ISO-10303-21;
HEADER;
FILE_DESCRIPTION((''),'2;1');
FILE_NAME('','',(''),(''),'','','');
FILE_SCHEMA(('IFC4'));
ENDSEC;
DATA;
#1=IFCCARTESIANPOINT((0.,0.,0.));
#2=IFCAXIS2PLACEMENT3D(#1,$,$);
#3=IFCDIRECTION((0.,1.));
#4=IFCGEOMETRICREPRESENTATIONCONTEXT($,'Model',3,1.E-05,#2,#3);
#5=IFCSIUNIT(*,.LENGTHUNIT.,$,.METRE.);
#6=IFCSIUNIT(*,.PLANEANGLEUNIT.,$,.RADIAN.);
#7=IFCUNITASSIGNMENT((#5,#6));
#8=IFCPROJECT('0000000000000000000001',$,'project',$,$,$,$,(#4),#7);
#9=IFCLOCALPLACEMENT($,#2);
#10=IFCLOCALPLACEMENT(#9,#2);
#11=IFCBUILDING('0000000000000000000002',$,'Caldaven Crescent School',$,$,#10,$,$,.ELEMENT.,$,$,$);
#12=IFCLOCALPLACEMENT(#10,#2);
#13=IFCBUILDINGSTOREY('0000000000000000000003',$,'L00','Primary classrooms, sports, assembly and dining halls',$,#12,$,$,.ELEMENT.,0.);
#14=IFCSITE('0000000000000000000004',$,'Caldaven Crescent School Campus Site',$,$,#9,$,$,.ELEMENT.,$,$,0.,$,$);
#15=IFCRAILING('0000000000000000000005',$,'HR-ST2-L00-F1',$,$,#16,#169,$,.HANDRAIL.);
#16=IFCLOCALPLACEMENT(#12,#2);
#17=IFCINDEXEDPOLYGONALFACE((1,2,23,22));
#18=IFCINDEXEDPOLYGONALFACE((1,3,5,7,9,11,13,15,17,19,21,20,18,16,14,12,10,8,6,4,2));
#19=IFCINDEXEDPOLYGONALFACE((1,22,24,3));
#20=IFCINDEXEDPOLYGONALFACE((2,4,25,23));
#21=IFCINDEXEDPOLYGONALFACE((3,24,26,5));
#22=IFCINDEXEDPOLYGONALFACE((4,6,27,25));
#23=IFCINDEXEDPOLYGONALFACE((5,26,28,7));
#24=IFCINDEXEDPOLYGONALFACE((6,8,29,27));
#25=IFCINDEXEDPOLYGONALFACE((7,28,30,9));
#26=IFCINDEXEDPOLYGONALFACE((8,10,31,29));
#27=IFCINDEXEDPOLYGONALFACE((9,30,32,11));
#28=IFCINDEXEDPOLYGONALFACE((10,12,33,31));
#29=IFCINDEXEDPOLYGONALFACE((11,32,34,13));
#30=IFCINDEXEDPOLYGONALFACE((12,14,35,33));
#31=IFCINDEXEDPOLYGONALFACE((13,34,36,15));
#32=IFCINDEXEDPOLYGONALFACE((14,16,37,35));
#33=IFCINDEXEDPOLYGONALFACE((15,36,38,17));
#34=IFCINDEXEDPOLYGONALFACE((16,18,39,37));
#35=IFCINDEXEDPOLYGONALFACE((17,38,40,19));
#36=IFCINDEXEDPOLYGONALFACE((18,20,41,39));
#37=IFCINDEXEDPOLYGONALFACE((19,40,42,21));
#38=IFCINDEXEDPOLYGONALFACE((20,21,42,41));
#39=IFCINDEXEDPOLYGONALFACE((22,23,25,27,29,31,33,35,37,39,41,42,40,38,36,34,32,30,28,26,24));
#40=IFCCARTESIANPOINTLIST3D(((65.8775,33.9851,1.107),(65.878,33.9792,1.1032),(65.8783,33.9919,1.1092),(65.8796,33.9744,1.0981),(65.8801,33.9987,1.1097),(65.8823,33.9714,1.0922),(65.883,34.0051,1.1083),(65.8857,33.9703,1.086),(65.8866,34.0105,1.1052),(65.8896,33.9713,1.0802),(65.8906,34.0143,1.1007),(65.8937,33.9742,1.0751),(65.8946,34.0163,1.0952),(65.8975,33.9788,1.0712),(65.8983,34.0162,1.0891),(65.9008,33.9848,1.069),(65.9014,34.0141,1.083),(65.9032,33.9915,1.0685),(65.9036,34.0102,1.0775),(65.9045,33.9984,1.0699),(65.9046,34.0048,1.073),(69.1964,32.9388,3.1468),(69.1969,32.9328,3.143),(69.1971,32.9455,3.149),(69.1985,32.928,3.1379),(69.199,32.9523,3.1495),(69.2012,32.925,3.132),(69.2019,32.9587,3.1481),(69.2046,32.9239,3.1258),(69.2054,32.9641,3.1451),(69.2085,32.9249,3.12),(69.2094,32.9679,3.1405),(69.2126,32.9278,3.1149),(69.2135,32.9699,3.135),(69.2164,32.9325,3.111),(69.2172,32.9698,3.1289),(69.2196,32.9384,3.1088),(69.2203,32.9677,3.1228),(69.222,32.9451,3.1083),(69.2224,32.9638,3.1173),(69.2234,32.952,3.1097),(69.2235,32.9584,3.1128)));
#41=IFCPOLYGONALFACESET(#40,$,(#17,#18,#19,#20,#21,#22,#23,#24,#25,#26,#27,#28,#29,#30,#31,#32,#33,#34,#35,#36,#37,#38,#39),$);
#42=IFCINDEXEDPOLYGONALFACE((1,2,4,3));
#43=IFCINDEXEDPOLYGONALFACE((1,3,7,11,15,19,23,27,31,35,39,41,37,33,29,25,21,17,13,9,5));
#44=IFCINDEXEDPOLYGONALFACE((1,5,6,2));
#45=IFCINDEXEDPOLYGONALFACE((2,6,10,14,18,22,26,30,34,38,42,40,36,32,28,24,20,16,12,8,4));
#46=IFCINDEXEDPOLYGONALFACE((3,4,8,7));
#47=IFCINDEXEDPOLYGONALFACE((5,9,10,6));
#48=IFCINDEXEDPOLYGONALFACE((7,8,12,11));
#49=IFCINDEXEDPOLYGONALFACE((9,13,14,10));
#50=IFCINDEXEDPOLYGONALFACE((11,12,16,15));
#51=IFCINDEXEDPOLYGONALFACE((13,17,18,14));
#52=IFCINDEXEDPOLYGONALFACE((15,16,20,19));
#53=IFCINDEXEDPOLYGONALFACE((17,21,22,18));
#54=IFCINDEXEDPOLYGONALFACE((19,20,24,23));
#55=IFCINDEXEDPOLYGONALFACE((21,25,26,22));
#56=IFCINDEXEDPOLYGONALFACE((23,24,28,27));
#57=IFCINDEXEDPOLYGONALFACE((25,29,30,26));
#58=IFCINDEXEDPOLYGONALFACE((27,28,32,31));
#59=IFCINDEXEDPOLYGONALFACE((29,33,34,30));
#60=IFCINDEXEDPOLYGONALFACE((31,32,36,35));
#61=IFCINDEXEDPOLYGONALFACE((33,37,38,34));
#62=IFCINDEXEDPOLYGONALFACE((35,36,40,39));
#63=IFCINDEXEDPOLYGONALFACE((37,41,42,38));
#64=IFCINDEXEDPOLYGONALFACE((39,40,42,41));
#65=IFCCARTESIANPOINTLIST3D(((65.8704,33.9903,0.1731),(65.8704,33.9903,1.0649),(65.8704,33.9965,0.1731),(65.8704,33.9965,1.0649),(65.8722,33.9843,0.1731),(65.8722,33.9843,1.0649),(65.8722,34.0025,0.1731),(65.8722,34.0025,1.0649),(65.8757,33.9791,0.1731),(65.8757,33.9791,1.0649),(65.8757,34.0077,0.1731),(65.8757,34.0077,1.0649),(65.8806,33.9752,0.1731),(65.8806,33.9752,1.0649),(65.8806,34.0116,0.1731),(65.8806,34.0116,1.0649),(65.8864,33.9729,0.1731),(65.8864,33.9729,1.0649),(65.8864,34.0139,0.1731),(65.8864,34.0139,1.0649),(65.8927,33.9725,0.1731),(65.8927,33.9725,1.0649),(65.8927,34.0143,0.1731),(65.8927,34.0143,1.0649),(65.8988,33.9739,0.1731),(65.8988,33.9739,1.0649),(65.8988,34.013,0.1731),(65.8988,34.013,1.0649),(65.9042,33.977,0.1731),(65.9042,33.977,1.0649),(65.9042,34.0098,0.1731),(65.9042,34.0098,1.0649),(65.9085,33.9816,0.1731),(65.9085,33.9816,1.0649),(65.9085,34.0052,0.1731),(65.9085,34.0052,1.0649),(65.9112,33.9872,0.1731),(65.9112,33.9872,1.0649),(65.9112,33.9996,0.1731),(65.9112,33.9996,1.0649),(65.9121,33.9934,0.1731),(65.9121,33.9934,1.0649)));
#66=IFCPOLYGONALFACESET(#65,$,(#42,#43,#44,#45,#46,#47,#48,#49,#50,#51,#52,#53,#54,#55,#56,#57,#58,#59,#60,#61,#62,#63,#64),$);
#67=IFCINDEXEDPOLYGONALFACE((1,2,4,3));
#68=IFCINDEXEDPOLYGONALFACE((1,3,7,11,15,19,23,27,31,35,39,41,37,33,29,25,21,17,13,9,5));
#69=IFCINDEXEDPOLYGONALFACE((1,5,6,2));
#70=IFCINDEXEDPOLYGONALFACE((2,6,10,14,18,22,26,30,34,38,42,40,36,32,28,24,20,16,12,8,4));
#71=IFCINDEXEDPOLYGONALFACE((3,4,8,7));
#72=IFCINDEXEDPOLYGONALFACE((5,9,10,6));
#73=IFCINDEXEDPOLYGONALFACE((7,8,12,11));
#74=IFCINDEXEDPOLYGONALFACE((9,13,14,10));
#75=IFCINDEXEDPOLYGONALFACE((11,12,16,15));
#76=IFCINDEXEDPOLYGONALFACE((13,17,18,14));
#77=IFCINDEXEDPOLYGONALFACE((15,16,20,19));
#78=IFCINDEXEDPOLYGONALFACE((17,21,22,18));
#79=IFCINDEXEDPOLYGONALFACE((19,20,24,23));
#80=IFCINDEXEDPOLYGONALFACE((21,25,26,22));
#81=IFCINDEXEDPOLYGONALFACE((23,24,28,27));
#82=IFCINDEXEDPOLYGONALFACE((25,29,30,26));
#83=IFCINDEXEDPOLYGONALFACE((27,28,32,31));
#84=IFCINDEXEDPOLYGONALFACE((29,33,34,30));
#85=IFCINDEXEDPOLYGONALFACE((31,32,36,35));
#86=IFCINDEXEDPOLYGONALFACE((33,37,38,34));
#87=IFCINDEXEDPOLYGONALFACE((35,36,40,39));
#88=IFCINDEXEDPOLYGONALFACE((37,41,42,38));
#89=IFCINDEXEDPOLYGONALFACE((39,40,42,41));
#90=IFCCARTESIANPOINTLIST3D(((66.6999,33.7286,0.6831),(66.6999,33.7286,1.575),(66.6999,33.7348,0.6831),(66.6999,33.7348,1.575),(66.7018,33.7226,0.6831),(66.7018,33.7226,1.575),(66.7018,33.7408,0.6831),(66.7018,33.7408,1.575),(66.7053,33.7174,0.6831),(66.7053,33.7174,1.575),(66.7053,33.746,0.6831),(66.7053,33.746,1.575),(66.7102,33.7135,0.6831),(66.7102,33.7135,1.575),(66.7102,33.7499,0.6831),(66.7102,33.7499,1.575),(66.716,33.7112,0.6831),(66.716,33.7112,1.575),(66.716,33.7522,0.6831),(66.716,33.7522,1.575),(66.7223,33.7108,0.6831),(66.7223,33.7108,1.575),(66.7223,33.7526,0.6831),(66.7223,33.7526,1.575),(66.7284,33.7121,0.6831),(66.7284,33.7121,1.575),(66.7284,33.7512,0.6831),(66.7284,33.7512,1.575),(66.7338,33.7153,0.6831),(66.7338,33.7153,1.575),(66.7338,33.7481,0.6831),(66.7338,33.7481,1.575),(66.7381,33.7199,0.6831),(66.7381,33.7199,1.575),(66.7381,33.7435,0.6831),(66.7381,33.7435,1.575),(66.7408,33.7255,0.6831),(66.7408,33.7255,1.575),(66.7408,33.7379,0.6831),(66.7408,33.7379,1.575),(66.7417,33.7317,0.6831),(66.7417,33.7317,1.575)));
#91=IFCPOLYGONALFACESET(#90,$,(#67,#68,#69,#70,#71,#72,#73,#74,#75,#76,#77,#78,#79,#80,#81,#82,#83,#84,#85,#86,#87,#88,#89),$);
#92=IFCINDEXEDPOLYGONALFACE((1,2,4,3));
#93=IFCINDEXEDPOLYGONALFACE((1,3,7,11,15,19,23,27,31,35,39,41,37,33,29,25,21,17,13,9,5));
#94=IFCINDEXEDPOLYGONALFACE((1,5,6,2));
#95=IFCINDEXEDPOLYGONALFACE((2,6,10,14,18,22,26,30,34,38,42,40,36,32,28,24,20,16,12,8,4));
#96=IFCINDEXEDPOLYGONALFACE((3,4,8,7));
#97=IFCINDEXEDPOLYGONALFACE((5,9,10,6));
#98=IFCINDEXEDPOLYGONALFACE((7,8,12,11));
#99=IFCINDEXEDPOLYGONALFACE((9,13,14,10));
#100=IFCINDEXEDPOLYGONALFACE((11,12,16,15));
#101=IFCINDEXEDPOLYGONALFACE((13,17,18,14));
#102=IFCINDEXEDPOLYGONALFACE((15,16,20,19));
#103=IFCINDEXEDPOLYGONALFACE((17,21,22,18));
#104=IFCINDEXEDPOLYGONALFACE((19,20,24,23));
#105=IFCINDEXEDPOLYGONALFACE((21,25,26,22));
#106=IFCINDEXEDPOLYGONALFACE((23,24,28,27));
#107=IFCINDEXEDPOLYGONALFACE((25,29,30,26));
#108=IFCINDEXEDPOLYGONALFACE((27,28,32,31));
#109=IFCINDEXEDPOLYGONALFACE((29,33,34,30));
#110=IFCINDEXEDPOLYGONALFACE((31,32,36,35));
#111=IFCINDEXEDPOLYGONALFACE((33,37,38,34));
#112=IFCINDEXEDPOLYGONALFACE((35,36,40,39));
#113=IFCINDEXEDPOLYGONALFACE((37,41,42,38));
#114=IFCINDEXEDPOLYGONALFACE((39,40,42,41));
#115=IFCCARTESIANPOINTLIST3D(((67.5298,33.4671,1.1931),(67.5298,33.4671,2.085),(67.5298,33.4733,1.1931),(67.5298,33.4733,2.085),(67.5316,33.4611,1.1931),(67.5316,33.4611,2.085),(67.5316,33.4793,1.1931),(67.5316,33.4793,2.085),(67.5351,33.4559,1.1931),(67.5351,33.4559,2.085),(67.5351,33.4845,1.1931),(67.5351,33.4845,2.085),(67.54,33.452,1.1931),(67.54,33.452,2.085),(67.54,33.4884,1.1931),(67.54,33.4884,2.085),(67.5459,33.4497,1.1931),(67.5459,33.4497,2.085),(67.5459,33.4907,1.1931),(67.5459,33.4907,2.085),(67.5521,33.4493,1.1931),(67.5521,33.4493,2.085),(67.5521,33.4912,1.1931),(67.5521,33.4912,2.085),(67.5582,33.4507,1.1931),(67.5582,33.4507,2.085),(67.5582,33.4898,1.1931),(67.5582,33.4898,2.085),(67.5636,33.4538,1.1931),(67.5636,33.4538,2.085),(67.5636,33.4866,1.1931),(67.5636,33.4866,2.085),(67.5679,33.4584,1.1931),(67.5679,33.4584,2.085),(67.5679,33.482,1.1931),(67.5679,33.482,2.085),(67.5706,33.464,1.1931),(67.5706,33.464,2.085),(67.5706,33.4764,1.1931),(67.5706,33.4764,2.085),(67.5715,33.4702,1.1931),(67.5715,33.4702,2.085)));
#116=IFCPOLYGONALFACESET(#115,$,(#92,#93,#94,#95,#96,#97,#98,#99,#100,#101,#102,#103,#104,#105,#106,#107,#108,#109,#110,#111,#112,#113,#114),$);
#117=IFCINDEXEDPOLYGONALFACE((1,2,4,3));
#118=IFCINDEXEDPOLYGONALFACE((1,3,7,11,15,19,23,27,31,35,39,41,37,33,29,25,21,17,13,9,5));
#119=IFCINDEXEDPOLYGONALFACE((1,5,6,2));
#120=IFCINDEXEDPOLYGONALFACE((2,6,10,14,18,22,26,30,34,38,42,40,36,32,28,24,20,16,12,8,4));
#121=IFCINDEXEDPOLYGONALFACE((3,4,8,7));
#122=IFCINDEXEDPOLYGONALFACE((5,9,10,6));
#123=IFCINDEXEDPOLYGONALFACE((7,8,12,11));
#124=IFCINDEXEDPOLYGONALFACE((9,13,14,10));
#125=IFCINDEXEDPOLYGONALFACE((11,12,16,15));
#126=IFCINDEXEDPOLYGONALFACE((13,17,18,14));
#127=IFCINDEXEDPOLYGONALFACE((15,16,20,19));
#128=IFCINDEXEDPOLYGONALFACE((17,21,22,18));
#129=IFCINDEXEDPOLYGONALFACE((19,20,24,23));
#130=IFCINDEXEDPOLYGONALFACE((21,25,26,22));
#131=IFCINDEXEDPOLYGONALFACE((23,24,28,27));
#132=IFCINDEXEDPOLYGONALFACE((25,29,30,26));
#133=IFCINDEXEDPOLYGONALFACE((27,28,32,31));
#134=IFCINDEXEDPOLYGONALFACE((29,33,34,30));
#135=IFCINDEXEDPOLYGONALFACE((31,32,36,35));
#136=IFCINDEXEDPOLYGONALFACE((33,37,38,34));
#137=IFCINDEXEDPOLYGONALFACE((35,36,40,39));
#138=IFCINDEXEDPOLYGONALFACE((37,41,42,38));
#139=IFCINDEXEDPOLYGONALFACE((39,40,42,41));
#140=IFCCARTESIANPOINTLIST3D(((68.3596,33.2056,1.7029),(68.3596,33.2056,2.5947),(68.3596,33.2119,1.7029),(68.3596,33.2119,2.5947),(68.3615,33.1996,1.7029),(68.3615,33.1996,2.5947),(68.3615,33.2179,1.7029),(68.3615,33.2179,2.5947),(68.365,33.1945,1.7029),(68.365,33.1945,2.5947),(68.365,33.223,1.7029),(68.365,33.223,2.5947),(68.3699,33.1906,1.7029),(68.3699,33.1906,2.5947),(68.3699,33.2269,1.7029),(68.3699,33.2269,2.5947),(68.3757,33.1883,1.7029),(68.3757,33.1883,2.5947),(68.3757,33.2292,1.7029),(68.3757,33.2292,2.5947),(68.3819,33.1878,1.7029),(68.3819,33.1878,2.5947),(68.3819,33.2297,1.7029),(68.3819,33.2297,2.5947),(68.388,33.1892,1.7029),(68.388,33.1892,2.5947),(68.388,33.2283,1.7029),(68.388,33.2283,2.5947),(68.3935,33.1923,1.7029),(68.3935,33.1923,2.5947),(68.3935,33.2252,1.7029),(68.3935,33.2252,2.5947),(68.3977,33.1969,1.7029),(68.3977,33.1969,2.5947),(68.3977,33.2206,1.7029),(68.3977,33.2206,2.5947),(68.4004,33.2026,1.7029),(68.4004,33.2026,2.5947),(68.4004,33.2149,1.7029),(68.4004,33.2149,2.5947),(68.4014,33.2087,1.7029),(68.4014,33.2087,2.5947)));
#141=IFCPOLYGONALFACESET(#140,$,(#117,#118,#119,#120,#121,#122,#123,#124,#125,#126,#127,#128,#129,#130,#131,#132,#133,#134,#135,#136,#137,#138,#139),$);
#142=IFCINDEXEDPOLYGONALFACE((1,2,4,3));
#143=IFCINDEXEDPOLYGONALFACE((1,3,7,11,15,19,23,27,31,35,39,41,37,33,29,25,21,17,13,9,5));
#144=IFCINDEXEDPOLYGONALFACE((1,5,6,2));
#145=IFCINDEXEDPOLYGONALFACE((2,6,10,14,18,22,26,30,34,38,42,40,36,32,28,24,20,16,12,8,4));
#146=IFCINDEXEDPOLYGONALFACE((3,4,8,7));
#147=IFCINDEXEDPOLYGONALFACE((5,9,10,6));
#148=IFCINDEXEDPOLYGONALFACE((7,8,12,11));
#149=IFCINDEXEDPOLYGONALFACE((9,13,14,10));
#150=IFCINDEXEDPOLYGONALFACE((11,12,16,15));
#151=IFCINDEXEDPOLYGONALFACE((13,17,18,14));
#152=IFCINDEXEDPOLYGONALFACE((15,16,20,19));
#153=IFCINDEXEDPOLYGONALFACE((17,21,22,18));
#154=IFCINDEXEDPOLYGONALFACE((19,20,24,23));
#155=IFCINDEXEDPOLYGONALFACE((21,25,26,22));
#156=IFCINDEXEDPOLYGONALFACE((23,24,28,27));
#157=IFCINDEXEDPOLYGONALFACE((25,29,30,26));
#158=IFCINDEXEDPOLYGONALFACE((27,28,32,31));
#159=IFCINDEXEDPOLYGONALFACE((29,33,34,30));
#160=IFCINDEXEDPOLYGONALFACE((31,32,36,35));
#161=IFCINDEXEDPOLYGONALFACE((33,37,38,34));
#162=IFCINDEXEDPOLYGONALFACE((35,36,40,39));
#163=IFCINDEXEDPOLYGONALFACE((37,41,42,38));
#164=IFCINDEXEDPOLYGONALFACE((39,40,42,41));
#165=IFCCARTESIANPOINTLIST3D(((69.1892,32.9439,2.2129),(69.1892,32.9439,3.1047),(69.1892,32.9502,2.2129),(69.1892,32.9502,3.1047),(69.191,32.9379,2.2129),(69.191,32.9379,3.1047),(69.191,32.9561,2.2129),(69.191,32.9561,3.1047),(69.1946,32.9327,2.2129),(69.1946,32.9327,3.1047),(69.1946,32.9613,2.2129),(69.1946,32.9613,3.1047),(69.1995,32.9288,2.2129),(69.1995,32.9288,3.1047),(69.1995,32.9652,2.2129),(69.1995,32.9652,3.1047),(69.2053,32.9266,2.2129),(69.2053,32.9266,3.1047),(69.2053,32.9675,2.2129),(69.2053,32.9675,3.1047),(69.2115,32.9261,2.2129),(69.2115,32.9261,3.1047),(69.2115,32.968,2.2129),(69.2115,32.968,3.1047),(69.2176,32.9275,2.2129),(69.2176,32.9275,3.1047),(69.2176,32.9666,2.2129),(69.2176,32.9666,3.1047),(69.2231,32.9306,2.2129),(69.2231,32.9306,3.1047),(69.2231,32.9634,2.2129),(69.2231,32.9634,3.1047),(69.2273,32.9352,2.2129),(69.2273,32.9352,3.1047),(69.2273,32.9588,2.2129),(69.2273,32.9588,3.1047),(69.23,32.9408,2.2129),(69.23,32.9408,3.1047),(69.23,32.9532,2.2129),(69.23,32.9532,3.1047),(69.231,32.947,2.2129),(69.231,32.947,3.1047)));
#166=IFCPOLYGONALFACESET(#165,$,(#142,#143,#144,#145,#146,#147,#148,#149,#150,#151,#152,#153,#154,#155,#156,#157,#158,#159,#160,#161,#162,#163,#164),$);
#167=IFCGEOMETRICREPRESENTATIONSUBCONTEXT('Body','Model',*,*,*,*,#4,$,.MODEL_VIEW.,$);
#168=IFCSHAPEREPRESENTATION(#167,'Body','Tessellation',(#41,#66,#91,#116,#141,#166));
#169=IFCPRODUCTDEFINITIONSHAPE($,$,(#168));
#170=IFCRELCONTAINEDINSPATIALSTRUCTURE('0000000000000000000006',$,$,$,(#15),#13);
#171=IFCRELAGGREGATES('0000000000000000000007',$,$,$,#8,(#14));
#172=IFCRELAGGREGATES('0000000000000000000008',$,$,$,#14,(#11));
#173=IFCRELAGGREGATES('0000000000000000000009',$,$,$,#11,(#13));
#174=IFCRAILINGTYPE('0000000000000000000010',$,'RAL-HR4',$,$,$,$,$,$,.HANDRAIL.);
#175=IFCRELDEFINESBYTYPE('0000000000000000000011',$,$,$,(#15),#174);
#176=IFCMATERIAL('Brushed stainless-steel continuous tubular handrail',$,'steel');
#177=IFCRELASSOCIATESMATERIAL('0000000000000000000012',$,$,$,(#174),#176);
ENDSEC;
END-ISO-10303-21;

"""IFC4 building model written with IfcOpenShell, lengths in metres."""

from ifc_helpers import new_model, si_unit, direction, frame, origin, origin_2d, place, context, subcontext, project, spatial, circle, extrude, material, type_object, element, save


model = new_model("IFC4")

# Units and contexts
model_context = context("Model", 3, precision=1e-05, world=origin(), true_north=direction((0.0, 1.0)))
body_context = subcontext(model_context, "Body", "Model", "MODEL_VIEW")
ifc_project = project(units=[si_unit("LENGTHUNIT", "METRE"), si_unit("PLANEANGLEUNIT", "RADIAN")], contexts=[model_context])

# Site, building, storey
site_placement = place(None, origin())
site = spatial("IfcSite", under=ifc_project, at=site_placement, Name="Caldaven Crescent School Campus Site", CompositionType="ELEMENT", RefElevation=0.0)
building_placement = place(site_placement, origin())
building = spatial("IfcBuilding", under=site, at=building_placement, Name="Caldaven Crescent School", CompositionType="ELEMENT")
storey_placement = place(building_placement, origin())
storey = spatial("IfcBuildingStorey", under=building, at=storey_placement, Name="L00", Description="Primary classrooms, sports, assembly and dining halls", CompositionType="ELEMENT", Elevation=0.0)

# Railing
ifc_material_1 = material(Name="Brushed stainless-steel continuous tubular handrail", Category="steel")
railing_type_1 = type_object("IfcRailingType", Name="RAL-HR4", PredefinedType="HANDRAIL", material=ifc_material_1)
railing_1_placement = place(storey_placement, frame((65.8911, 33.9934, 0.1731)))
element("IfcRailing", 1, at=railing_1_placement, inside=storey, type_object=railing_type_1, Name="HR-ST2-L00-F1", PredefinedType="HANDRAIL", context=body_context, shape_type="SweptSolid", body=[
    extrude(circle(Radius=0.0239, at=origin_2d()), frame((0.0, 0.0, 0.916), z_axis=(0.822788, -0.259414, 0.505693), x_axis=(0.300695, 0.95372, 0.0)), (0.0, 0.0, 1.0), 4.0337),
    extrude(circle(Radius=0.021, at=origin_2d()), origin(), (0.0, 0.0, 1.0), 0.8918),
    extrude(circle(Radius=0.021, at=origin_2d()), frame((0.8296, -0.2617, 0.51)), (0.0, 0.0, 1.0), 0.8918),
    extrude(circle(Radius=0.021, at=origin_2d()), frame((1.6594, -0.5232, 1.02)), (0.0, 0.0, 1.0), 0.8918),
    extrude(circle(Radius=0.021, at=origin_2d()), frame((2.4893, -0.7847, 1.5298)), (0.0, 0.0, 1.0), 0.8918),
    extrude(circle(Radius=0.021, at=origin_2d()), frame((3.3188, -1.0464, 2.0398)), (0.0, 0.0, 1.0), 0.8918),
])

save(model, "model.ifc")
